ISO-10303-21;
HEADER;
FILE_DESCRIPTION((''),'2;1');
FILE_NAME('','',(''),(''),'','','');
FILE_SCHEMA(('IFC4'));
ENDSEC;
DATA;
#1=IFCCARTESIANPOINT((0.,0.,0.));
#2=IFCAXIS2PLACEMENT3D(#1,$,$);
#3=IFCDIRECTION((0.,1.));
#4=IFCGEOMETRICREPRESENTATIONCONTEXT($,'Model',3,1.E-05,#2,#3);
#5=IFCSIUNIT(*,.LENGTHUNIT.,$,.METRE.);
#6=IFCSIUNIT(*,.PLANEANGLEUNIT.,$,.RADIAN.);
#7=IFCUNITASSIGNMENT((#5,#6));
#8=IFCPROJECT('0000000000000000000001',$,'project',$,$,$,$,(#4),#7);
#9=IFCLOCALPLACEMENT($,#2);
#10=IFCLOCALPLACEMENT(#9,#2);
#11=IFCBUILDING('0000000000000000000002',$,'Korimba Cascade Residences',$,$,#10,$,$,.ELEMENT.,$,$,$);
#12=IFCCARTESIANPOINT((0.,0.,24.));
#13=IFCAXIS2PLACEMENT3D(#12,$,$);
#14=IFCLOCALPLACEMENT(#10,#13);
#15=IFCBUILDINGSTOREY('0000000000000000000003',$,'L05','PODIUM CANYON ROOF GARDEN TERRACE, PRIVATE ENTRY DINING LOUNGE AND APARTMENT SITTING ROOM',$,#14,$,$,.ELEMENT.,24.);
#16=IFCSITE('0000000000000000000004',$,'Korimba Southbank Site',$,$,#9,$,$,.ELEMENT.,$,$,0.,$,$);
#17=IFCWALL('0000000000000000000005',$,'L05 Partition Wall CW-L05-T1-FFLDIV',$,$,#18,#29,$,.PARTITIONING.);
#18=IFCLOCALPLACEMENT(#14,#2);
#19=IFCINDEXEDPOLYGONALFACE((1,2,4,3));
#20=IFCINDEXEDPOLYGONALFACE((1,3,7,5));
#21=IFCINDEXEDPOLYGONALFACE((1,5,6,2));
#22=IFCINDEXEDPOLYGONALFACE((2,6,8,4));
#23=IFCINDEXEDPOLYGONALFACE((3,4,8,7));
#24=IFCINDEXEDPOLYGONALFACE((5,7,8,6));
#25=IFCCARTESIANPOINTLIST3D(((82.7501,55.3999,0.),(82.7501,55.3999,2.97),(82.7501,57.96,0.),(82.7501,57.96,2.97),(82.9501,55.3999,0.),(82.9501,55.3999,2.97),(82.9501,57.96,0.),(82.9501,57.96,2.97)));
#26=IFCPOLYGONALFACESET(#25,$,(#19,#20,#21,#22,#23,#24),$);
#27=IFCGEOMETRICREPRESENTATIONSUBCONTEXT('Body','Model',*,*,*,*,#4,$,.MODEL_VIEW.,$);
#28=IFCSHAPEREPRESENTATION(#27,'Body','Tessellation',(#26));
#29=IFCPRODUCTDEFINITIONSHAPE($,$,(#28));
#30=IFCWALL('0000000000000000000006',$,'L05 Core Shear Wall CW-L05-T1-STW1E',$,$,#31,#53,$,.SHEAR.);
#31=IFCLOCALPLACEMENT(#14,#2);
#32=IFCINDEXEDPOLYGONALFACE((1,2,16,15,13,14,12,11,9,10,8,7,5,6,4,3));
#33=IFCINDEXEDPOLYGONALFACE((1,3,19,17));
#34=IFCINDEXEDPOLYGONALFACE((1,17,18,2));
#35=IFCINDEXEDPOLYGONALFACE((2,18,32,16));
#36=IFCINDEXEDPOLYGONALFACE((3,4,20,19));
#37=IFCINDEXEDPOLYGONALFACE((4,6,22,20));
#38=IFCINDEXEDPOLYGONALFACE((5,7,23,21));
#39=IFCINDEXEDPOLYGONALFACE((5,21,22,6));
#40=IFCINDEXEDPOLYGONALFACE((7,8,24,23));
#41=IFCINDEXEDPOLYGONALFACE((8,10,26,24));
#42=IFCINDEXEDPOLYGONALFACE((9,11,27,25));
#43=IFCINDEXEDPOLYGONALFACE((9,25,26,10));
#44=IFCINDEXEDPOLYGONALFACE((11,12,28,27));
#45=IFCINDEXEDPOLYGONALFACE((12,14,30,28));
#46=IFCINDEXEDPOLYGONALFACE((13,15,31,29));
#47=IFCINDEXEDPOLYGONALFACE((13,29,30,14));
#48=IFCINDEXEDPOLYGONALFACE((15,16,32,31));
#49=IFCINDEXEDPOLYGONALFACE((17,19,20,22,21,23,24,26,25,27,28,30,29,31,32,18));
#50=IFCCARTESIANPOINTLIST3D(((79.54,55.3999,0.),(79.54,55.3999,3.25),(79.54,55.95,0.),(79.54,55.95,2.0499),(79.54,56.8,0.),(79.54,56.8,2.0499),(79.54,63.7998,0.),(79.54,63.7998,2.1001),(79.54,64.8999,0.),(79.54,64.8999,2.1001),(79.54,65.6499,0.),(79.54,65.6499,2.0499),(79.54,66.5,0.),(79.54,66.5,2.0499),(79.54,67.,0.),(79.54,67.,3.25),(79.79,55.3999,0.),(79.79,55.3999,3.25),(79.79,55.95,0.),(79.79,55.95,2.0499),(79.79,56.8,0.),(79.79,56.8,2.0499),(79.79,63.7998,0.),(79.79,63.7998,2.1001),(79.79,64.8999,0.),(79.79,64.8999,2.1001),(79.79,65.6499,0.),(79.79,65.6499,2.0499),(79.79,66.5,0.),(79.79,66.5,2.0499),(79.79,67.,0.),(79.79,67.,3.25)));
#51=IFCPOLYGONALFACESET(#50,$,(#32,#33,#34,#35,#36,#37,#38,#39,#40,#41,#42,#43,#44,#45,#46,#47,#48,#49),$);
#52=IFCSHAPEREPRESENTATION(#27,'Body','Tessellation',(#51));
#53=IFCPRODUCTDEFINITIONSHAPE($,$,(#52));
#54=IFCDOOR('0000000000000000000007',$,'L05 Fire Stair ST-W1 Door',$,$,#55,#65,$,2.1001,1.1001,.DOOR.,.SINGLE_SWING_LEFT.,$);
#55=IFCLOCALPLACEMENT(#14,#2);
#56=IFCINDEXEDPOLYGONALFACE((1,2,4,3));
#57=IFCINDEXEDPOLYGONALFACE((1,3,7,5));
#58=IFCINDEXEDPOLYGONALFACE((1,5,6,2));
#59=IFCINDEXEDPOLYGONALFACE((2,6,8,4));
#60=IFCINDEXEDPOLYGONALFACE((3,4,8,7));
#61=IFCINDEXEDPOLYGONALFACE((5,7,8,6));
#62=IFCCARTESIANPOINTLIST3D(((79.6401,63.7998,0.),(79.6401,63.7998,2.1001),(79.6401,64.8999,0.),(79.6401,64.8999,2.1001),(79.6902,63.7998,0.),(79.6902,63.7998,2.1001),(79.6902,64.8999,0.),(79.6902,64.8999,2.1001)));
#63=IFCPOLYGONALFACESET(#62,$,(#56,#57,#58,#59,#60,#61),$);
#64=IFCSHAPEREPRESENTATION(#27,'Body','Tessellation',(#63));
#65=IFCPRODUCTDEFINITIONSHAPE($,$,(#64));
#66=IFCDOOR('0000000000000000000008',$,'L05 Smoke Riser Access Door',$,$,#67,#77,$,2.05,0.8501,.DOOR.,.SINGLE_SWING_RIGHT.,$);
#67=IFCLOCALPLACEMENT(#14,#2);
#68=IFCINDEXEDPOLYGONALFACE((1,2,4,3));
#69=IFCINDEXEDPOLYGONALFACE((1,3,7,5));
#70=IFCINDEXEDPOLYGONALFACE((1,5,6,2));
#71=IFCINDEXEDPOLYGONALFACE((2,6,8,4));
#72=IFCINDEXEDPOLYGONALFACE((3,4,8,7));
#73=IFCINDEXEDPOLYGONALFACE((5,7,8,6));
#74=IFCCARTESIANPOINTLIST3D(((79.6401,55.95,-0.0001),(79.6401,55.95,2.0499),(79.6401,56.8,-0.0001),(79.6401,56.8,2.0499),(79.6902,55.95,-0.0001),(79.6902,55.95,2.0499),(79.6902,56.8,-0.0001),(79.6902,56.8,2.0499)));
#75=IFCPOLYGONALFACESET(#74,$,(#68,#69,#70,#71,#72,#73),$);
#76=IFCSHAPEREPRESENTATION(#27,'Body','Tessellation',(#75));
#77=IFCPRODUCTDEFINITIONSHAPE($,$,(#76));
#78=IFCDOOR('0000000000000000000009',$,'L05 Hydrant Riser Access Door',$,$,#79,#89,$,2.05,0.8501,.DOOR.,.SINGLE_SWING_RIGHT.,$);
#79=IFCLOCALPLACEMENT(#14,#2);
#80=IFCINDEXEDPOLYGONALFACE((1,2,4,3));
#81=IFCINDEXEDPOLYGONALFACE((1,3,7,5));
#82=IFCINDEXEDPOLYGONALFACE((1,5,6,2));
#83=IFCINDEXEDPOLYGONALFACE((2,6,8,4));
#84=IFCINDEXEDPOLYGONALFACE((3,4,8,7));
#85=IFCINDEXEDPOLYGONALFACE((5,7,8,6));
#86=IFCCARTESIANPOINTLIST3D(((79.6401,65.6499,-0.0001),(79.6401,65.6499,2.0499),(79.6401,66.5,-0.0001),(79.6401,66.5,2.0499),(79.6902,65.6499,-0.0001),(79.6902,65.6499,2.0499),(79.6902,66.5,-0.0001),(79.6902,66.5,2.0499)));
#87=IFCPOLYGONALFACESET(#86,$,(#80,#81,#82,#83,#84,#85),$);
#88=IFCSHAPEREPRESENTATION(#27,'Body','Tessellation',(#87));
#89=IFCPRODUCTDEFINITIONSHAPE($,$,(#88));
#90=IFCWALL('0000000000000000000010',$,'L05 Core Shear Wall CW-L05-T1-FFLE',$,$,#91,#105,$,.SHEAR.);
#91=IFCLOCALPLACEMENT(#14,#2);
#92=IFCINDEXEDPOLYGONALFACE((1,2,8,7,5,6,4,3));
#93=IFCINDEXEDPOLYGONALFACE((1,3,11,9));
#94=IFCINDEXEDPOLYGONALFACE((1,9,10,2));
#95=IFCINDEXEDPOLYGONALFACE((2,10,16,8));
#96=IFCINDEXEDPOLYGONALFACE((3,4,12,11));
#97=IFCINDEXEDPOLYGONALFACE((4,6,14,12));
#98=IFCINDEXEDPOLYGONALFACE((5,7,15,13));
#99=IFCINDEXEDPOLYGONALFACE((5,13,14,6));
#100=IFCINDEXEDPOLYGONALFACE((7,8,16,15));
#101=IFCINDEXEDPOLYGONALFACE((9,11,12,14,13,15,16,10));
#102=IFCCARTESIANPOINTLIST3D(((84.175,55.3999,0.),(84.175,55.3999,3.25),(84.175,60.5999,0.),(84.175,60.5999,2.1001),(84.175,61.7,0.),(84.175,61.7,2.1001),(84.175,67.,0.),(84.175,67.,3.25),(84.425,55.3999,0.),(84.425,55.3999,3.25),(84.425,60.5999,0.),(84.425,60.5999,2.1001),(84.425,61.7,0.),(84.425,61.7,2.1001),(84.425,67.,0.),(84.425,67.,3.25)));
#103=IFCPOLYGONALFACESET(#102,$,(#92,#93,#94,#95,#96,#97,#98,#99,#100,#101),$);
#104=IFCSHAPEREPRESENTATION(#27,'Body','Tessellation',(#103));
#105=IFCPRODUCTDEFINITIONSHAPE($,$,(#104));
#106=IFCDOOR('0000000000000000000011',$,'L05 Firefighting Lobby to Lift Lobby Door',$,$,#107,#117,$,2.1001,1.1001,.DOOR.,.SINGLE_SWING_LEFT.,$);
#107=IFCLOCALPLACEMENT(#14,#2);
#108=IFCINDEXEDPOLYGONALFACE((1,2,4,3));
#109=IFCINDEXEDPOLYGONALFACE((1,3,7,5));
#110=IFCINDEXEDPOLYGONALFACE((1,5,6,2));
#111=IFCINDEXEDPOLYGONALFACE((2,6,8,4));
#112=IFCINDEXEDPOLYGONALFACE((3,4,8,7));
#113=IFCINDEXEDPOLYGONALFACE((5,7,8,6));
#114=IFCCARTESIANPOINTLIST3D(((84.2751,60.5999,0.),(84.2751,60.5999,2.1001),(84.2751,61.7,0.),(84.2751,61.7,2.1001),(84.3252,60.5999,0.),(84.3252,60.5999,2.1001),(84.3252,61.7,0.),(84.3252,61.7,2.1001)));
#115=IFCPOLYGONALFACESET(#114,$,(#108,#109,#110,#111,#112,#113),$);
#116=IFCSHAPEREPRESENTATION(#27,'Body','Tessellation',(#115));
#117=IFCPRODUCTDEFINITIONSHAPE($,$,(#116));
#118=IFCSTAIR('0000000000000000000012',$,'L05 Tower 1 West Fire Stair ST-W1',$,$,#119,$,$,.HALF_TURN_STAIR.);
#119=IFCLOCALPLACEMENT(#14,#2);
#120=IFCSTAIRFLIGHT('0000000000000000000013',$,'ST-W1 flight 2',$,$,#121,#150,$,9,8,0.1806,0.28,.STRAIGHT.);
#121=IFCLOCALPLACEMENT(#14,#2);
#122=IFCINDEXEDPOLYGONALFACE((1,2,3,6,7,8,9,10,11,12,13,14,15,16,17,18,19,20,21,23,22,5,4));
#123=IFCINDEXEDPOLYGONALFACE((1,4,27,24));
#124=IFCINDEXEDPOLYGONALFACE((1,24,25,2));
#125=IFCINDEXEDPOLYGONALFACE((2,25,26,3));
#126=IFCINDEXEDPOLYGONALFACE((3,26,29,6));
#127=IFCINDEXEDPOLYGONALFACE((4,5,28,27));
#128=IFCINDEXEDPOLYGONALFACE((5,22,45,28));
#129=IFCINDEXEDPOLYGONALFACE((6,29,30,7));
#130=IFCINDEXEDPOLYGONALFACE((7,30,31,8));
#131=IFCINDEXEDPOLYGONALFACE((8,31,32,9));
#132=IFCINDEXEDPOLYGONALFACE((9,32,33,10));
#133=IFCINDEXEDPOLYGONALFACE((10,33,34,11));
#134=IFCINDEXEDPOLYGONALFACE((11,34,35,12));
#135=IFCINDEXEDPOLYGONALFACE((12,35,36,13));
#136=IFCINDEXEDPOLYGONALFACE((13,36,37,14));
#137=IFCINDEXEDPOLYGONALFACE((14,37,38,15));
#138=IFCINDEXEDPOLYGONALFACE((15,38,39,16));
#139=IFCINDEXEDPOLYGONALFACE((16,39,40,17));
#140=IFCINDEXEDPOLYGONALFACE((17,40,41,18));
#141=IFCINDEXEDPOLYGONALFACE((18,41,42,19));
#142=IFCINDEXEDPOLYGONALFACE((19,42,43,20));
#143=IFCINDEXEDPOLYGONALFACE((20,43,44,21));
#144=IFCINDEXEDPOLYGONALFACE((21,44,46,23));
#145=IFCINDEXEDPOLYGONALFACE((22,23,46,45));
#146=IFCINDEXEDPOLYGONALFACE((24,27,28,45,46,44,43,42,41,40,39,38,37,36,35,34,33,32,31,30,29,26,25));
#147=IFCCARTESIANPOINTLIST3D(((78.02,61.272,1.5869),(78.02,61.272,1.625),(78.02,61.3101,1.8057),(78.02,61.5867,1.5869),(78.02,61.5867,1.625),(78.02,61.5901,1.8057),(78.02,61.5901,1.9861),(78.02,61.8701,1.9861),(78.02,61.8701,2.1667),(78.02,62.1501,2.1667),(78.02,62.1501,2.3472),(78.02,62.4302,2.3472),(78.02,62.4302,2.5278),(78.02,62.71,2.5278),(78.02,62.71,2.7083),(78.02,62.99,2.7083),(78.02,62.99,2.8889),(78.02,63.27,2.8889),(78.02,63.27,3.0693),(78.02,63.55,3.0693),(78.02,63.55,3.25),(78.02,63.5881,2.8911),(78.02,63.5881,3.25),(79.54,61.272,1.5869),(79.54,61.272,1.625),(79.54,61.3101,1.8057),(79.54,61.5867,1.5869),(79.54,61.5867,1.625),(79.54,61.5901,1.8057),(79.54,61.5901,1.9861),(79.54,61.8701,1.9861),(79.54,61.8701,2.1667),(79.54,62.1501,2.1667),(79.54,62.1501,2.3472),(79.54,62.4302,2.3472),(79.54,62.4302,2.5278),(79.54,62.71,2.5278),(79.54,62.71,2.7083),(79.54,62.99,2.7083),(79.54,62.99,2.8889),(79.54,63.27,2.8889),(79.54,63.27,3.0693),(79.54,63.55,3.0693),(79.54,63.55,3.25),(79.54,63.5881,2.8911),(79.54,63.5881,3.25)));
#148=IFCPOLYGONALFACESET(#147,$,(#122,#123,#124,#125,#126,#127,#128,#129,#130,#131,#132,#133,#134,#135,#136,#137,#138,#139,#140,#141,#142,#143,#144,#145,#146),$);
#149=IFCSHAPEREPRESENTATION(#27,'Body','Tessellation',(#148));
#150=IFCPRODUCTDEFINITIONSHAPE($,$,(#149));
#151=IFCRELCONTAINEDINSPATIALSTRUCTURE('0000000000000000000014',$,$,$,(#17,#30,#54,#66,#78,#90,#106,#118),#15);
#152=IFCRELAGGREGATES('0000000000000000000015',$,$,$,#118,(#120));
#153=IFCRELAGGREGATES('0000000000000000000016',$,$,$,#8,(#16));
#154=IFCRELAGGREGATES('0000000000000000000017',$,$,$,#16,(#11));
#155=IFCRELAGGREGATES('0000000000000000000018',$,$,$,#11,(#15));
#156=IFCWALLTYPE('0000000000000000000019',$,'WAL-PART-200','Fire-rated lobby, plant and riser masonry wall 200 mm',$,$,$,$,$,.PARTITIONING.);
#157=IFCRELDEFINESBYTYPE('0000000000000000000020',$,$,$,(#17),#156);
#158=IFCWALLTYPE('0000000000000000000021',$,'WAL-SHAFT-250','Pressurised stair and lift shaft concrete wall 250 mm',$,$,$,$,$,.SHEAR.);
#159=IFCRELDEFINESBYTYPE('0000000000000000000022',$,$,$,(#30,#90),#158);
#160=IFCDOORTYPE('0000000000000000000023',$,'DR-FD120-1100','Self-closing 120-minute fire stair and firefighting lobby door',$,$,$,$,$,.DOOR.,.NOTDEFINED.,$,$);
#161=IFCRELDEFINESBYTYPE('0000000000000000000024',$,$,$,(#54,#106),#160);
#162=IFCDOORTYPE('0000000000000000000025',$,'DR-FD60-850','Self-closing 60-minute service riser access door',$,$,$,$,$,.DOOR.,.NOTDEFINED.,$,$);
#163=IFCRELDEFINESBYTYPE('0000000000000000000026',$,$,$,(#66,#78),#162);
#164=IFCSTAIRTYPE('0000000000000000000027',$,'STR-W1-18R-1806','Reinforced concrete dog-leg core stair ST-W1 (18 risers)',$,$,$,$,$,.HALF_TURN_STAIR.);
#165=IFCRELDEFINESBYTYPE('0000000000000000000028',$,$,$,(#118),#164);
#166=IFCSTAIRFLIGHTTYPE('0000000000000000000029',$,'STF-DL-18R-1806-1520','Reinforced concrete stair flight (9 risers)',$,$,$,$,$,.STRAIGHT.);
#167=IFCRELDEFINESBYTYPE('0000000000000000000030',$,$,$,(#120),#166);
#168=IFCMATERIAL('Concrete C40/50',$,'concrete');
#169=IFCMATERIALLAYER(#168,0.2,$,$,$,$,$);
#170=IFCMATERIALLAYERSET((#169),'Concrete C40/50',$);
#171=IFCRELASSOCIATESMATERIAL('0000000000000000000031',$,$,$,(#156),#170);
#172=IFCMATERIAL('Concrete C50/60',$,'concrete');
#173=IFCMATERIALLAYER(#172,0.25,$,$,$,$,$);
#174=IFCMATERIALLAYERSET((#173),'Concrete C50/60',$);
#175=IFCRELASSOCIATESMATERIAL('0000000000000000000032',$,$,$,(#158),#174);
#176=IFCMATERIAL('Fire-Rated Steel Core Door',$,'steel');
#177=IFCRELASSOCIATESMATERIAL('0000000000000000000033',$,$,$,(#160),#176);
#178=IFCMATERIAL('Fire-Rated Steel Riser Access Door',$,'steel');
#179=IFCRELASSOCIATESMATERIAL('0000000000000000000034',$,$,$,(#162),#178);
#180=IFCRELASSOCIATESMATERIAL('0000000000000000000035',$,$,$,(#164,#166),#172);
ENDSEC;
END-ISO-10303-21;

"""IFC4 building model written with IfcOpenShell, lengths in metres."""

from ifc_helpers import new_model, si_unit, direction, frame, frame_2d, origin, place, context, subcontext, project, spatial, polyline, rectangle, outline, extrude, material, layer, layer_set, type_object, element, fill, aggregate, save


model = new_model("IFC4")

# Units and contexts
model_context = context("Model", 3, precision=1e-05, world=origin(), true_north=direction((0.0, 1.0)))
body_context = subcontext(model_context, "Body", "Model", "MODEL_VIEW")
ifc_project = project(units=[si_unit("LENGTHUNIT", "METRE"), si_unit("PLANEANGLEUNIT", "RADIAN")], contexts=[model_context])

# Site, building, storey
site_placement = place(None, origin())
site = spatial("IfcSite", under=ifc_project, at=site_placement, Name="Korimba Southbank Site", CompositionType="ELEMENT", RefElevation=0.0)
building_placement = place(site_placement, origin())
building = spatial("IfcBuilding", under=site, at=building_placement, Name="Korimba Cascade Residences", CompositionType="ELEMENT")
storey_placement = place(building_placement, frame((0.0, 0.0, 24.0)))
storey = spatial("IfcBuildingStorey", under=building, at=storey_placement, Name="L05", Description="PODIUM CANYON ROOF GARDEN TERRACE, PRIVATE ENTRY DINING LOUNGE AND APARTMENT SITTING ROOM", CompositionType="ELEMENT", Elevation=24.0)

# Wall
ifc_material_1 = material(Name="Concrete C40/50", Category="concrete")
ifc_layer_1 = layer(ifc_material_1, 0.2)
ifc_layer_set_1 = layer_set([ifc_layer_1], Name="Concrete C40/50")
wall_type_1 = type_object("IfcWallType", Name="WAL-PART-200", Description="Fire-rated lobby, plant and riser masonry wall 200 mm", PredefinedType="PARTITIONING", material=ifc_layer_set_1)
wall_1_placement = place(storey_placement, frame((82.8501, 55.3999, 0.0), z_axis=(0.0, 0.0, 1.0), x_axis=(0.0, 1.0, 0.0)))
element("IfcWall", 1, at=wall_1_placement, inside=storey, type_object=wall_type_1, Name="L05 Partition Wall CW-L05-T1-FFLDIV", PredefinedType="PARTITIONING", context=body_context, shape_type="SweptSolid", body=[
    extrude(rectangle(XDim=2.5601, YDim=0.2, at=frame_2d((1.28, 0.0))), origin(), (0.0, 0.0, 1.0), 2.97),
])

# Wall, openings, doors
ifc_material_2 = material(Name="Concrete C50/60", Category="concrete")
ifc_layer_2 = layer(ifc_material_2, 0.25)
ifc_layer_set_2 = layer_set([ifc_layer_2], Name="Concrete C50/60")
wall_type_2 = type_object("IfcWallType", Name="WAL-SHAFT-250", Description="Pressurised stair and lift shaft concrete wall 250 mm", PredefinedType="SHEAR", material=ifc_layer_set_2)
wall_2_placement = place(storey_placement, frame((79.665, 55.3999, 0.0), z_axis=(0.0, 0.0, 1.0), x_axis=(0.0, 1.0, 0.0)))
wall_2 = element("IfcWall", 2, at=wall_2_placement, inside=storey, type_object=wall_type_2, Name="L05 Core Shear Wall CW-L05-T1-STW1E", PredefinedType="SHEAR", context=body_context, shape_type="SweptSolid", body=[
    extrude(rectangle(XDim=11.6001, YDim=0.25, at=frame_2d((5.8, 0.0))), origin(), (0.0, 0.0, 1.0), 3.25),
])
opening_1_placement = place(wall_2_placement, frame((0.55, 0.0, 0.0)))
opening_1 = element("IfcOpeningElement", 3, at=opening_1_placement, cuts=wall_2, PredefinedType="OPENING", context=body_context, shape_type="SweptSolid", body=[
    extrude(rectangle(XDim=0.8501, YDim=2.05, at=frame_2d((0.425, 1.0249))), frame((0.0, 0.135, 0.0), z_axis=(0.0, -1.0, 0.0), x_axis=(1.0, 0.0, 0.0)), (0.0, 0.0, 1.0), 0.27),
])
opening_2_placement = place(wall_2_placement, frame((8.3999, 0.0, 0.0)))
opening_2 = element("IfcOpeningElement", 4, at=opening_2_placement, cuts=wall_2, PredefinedType="OPENING", context=body_context, shape_type="SweptSolid", body=[
    extrude(rectangle(XDim=1.1001, YDim=2.1001, at=frame_2d((0.55, 1.05))), frame((0.0, 0.135, 0.0), z_axis=(0.0, -1.0, 0.0), x_axis=(1.0, 0.0, 0.0)), (0.0, 0.0, 1.0), 0.27),
])
opening_3_placement = place(wall_2_placement, frame((10.25, 0.0, 0.0)))
opening_3 = element("IfcOpeningElement", 5, at=opening_3_placement, cuts=wall_2, PredefinedType="OPENING", context=body_context, shape_type="SweptSolid", body=[
    extrude(rectangle(XDim=0.8501, YDim=2.05, at=frame_2d((0.425, 1.0249))), frame((0.0, 0.135, 0.0), z_axis=(0.0, -1.0, 0.0), x_axis=(1.0, 0.0, 0.0)), (0.0, 0.0, 1.0), 0.27),
])
ifc_material_3 = material(Name="Fire-Rated Steel Core Door", Category="steel")
door_type_1 = type_object("IfcDoorType", Name="DR-FD120-1100", Description="Self-closing 120-minute fire stair and firefighting lobby door", OperationType="NOTDEFINED", PredefinedType="DOOR", material=ifc_material_3)
door_1_placement = place(opening_2_placement, origin())
door_1 = element("IfcDoor", 6, at=door_1_placement, inside=storey, type_object=door_type_1, Name="L05 Fire Stair ST-W1 Door", OperationType="SINGLE_SWING_LEFT", OverallHeight=2.1001, OverallWidth=1.1001, PredefinedType="DOOR", context=body_context, shape_type="SweptSolid", body=[
    extrude(rectangle(XDim=1.1001, YDim=2.1001, at=frame_2d((0.55, 1.05))), frame((0.0, 0.0249, 0.0), z_axis=(0.0, -1.0, 0.0), x_axis=(1.0, 0.0, 0.0)), (0.0, 0.0, 1.0), 0.05),
])
fill(opening_2, door_1)
ifc_material_4 = material(Name="Fire-Rated Steel Riser Access Door", Category="steel")
door_type_2 = type_object("IfcDoorType", Name="DR-FD60-850", Description="Self-closing 60-minute service riser access door", OperationType="NOTDEFINED", PredefinedType="DOOR", material=ifc_material_4)
door_2_placement = place(opening_1_placement, origin())
door_2 = element("IfcDoor", 7, at=door_2_placement, inside=storey, type_object=door_type_2, Name="L05 Smoke Riser Access Door", OperationType="SINGLE_SWING_RIGHT", OverallHeight=2.05, OverallWidth=0.8501, PredefinedType="DOOR", context=body_context, shape_type="SweptSolid", body=[
    extrude(rectangle(XDim=0.8501, YDim=2.05, at=frame_2d((0.425, 1.0249))), frame((0.0, 0.0249, 0.0), z_axis=(0.0, -1.0, 0.0), x_axis=(1.0, 0.0, 0.0)), (0.0, 0.0, 1.0), 0.05),
])
fill(opening_1, door_2)
door_3_placement = place(opening_3_placement, origin())
door_3 = element("IfcDoor", 8, at=door_3_placement, inside=storey, type_object=door_type_2, Name="L05 Hydrant Riser Access Door", OperationType="SINGLE_SWING_RIGHT", OverallHeight=2.05, OverallWidth=0.8501, PredefinedType="DOOR", context=body_context, shape_type="SweptSolid", body=[
    extrude(rectangle(XDim=0.8501, YDim=2.05, at=frame_2d((0.425, 1.0249))), frame((0.0, 0.0249, 0.0), z_axis=(0.0, -1.0, 0.0), x_axis=(1.0, 0.0, 0.0)), (0.0, 0.0, 1.0), 0.05),
])
fill(opening_3, door_3)

# Wall, opening, door
wall_3_placement = place(storey_placement, frame((84.3, 55.3999, 0.0), z_axis=(0.0, 0.0, 1.0), x_axis=(0.0, 1.0, 0.0)))
wall_3 = element("IfcWall", 9, at=wall_3_placement, inside=storey, type_object=wall_type_2, Name="L05 Core Shear Wall CW-L05-T1-FFLE", PredefinedType="SHEAR", context=body_context, shape_type="SweptSolid", body=[
    extrude(rectangle(XDim=11.6001, YDim=0.25, at=frame_2d((5.8, 0.0))), origin(), (0.0, 0.0, 1.0), 3.25),
])
opening_4_placement = place(wall_3_placement, frame((5.2, 0.0, 0.0)))
opening_4 = element("IfcOpeningElement", 10, at=opening_4_placement, cuts=wall_3, PredefinedType="OPENING", context=body_context, shape_type="SweptSolid", body=[
    extrude(rectangle(XDim=1.1001, YDim=2.1001, at=frame_2d((0.55, 1.05))), frame((0.0, 0.135, 0.0), z_axis=(0.0, -1.0, 0.0), x_axis=(1.0, 0.0, 0.0)), (0.0, 0.0, 1.0), 0.27),
])
door_4_placement = place(opening_4_placement, origin())
door_4 = element("IfcDoor", 11, at=door_4_placement, inside=storey, type_object=door_type_1, Name="L05 Firefighting Lobby to Lift Lobby Door", OperationType="SINGLE_SWING_LEFT", OverallHeight=2.1001, OverallWidth=1.1001, PredefinedType="DOOR", context=body_context, shape_type="SweptSolid", body=[
    extrude(rectangle(XDim=1.1001, YDim=2.1001, at=frame_2d((0.55, 1.05))), frame((0.0, 0.0249, 0.0), z_axis=(0.0, -1.0, 0.0), x_axis=(1.0, 0.0, 0.0)), (0.0, 0.0, 1.0), 0.05),
])
fill(opening_4, door_4)

# Stair, stair flight
stair_type = type_object("IfcStairType", Name="STR-W1-18R-1806", Description="Reinforced concrete dog-leg core stair ST-W1 (18 risers)", PredefinedType="HALF_TURN_STAIR", material=ifc_material_2)
stair_placement = place(storey_placement, origin())
stair = element("IfcStair", 12, at=stair_placement, inside=storey, type_object=stair_type, Name="L05 Tower 1 West Fire Stair ST-W1", PredefinedType="HALF_TURN_STAIR")
stair_flight_type = type_object("IfcStairFlightType", Name="STF-DL-18R-1806-1520", Description="Reinforced concrete stair flight (9 risers)", PredefinedType="STRAIGHT", material=ifc_material_2)
stair_flight_placement = place(storey_placement, frame((78.78, 61.3101, 1.625), z_axis=(0.0, 0.0, 1.0), x_axis=(0.0, 1.0, 0.0)))
stair_flight = element("IfcStairFlight", 13, at=stair_flight_placement, type_object=stair_flight_type, Name="ST-W1 flight 2", NumberOfRisers=9, NumberOfTreads=8, PredefinedType="STRAIGHT", RiserHeight=0.1806, TreadLength=0.28, context=body_context, shape_type="SweptSolid", body=[
    extrude(outline(polyline([(-0.0381, 0.0), (0.0, 0.1807), (0.28, 0.1807), (0.28, 0.3611), (0.5601, 0.3611), (0.5601, 0.5417), (0.8401, 0.5417), (0.8401, 0.7222), (1.1201, 0.7222), (1.1201, 0.9028), (1.3999, 0.9028), (1.3999, 1.0833), (1.6799, 1.0833), (1.6799, 1.2639), (1.96, 1.2639), (1.96, 1.4443), (2.24, 1.4443), (2.24, 1.625), (2.2781, 1.625), (2.2781, 1.2661), (0.2766, 0.0), (0.2766, -0.0381), (-0.0381, -0.0381), (-0.0381, 0.0)])), frame((0.0, 0.76, 0.0), z_axis=(0.0, -1.0, 0.0), x_axis=(1.0, 0.0, 0.0)), (0.0, 0.0, 1.0), 1.52),
])
aggregate(stair, [stair_flight])

save(model, "model.ifc")
